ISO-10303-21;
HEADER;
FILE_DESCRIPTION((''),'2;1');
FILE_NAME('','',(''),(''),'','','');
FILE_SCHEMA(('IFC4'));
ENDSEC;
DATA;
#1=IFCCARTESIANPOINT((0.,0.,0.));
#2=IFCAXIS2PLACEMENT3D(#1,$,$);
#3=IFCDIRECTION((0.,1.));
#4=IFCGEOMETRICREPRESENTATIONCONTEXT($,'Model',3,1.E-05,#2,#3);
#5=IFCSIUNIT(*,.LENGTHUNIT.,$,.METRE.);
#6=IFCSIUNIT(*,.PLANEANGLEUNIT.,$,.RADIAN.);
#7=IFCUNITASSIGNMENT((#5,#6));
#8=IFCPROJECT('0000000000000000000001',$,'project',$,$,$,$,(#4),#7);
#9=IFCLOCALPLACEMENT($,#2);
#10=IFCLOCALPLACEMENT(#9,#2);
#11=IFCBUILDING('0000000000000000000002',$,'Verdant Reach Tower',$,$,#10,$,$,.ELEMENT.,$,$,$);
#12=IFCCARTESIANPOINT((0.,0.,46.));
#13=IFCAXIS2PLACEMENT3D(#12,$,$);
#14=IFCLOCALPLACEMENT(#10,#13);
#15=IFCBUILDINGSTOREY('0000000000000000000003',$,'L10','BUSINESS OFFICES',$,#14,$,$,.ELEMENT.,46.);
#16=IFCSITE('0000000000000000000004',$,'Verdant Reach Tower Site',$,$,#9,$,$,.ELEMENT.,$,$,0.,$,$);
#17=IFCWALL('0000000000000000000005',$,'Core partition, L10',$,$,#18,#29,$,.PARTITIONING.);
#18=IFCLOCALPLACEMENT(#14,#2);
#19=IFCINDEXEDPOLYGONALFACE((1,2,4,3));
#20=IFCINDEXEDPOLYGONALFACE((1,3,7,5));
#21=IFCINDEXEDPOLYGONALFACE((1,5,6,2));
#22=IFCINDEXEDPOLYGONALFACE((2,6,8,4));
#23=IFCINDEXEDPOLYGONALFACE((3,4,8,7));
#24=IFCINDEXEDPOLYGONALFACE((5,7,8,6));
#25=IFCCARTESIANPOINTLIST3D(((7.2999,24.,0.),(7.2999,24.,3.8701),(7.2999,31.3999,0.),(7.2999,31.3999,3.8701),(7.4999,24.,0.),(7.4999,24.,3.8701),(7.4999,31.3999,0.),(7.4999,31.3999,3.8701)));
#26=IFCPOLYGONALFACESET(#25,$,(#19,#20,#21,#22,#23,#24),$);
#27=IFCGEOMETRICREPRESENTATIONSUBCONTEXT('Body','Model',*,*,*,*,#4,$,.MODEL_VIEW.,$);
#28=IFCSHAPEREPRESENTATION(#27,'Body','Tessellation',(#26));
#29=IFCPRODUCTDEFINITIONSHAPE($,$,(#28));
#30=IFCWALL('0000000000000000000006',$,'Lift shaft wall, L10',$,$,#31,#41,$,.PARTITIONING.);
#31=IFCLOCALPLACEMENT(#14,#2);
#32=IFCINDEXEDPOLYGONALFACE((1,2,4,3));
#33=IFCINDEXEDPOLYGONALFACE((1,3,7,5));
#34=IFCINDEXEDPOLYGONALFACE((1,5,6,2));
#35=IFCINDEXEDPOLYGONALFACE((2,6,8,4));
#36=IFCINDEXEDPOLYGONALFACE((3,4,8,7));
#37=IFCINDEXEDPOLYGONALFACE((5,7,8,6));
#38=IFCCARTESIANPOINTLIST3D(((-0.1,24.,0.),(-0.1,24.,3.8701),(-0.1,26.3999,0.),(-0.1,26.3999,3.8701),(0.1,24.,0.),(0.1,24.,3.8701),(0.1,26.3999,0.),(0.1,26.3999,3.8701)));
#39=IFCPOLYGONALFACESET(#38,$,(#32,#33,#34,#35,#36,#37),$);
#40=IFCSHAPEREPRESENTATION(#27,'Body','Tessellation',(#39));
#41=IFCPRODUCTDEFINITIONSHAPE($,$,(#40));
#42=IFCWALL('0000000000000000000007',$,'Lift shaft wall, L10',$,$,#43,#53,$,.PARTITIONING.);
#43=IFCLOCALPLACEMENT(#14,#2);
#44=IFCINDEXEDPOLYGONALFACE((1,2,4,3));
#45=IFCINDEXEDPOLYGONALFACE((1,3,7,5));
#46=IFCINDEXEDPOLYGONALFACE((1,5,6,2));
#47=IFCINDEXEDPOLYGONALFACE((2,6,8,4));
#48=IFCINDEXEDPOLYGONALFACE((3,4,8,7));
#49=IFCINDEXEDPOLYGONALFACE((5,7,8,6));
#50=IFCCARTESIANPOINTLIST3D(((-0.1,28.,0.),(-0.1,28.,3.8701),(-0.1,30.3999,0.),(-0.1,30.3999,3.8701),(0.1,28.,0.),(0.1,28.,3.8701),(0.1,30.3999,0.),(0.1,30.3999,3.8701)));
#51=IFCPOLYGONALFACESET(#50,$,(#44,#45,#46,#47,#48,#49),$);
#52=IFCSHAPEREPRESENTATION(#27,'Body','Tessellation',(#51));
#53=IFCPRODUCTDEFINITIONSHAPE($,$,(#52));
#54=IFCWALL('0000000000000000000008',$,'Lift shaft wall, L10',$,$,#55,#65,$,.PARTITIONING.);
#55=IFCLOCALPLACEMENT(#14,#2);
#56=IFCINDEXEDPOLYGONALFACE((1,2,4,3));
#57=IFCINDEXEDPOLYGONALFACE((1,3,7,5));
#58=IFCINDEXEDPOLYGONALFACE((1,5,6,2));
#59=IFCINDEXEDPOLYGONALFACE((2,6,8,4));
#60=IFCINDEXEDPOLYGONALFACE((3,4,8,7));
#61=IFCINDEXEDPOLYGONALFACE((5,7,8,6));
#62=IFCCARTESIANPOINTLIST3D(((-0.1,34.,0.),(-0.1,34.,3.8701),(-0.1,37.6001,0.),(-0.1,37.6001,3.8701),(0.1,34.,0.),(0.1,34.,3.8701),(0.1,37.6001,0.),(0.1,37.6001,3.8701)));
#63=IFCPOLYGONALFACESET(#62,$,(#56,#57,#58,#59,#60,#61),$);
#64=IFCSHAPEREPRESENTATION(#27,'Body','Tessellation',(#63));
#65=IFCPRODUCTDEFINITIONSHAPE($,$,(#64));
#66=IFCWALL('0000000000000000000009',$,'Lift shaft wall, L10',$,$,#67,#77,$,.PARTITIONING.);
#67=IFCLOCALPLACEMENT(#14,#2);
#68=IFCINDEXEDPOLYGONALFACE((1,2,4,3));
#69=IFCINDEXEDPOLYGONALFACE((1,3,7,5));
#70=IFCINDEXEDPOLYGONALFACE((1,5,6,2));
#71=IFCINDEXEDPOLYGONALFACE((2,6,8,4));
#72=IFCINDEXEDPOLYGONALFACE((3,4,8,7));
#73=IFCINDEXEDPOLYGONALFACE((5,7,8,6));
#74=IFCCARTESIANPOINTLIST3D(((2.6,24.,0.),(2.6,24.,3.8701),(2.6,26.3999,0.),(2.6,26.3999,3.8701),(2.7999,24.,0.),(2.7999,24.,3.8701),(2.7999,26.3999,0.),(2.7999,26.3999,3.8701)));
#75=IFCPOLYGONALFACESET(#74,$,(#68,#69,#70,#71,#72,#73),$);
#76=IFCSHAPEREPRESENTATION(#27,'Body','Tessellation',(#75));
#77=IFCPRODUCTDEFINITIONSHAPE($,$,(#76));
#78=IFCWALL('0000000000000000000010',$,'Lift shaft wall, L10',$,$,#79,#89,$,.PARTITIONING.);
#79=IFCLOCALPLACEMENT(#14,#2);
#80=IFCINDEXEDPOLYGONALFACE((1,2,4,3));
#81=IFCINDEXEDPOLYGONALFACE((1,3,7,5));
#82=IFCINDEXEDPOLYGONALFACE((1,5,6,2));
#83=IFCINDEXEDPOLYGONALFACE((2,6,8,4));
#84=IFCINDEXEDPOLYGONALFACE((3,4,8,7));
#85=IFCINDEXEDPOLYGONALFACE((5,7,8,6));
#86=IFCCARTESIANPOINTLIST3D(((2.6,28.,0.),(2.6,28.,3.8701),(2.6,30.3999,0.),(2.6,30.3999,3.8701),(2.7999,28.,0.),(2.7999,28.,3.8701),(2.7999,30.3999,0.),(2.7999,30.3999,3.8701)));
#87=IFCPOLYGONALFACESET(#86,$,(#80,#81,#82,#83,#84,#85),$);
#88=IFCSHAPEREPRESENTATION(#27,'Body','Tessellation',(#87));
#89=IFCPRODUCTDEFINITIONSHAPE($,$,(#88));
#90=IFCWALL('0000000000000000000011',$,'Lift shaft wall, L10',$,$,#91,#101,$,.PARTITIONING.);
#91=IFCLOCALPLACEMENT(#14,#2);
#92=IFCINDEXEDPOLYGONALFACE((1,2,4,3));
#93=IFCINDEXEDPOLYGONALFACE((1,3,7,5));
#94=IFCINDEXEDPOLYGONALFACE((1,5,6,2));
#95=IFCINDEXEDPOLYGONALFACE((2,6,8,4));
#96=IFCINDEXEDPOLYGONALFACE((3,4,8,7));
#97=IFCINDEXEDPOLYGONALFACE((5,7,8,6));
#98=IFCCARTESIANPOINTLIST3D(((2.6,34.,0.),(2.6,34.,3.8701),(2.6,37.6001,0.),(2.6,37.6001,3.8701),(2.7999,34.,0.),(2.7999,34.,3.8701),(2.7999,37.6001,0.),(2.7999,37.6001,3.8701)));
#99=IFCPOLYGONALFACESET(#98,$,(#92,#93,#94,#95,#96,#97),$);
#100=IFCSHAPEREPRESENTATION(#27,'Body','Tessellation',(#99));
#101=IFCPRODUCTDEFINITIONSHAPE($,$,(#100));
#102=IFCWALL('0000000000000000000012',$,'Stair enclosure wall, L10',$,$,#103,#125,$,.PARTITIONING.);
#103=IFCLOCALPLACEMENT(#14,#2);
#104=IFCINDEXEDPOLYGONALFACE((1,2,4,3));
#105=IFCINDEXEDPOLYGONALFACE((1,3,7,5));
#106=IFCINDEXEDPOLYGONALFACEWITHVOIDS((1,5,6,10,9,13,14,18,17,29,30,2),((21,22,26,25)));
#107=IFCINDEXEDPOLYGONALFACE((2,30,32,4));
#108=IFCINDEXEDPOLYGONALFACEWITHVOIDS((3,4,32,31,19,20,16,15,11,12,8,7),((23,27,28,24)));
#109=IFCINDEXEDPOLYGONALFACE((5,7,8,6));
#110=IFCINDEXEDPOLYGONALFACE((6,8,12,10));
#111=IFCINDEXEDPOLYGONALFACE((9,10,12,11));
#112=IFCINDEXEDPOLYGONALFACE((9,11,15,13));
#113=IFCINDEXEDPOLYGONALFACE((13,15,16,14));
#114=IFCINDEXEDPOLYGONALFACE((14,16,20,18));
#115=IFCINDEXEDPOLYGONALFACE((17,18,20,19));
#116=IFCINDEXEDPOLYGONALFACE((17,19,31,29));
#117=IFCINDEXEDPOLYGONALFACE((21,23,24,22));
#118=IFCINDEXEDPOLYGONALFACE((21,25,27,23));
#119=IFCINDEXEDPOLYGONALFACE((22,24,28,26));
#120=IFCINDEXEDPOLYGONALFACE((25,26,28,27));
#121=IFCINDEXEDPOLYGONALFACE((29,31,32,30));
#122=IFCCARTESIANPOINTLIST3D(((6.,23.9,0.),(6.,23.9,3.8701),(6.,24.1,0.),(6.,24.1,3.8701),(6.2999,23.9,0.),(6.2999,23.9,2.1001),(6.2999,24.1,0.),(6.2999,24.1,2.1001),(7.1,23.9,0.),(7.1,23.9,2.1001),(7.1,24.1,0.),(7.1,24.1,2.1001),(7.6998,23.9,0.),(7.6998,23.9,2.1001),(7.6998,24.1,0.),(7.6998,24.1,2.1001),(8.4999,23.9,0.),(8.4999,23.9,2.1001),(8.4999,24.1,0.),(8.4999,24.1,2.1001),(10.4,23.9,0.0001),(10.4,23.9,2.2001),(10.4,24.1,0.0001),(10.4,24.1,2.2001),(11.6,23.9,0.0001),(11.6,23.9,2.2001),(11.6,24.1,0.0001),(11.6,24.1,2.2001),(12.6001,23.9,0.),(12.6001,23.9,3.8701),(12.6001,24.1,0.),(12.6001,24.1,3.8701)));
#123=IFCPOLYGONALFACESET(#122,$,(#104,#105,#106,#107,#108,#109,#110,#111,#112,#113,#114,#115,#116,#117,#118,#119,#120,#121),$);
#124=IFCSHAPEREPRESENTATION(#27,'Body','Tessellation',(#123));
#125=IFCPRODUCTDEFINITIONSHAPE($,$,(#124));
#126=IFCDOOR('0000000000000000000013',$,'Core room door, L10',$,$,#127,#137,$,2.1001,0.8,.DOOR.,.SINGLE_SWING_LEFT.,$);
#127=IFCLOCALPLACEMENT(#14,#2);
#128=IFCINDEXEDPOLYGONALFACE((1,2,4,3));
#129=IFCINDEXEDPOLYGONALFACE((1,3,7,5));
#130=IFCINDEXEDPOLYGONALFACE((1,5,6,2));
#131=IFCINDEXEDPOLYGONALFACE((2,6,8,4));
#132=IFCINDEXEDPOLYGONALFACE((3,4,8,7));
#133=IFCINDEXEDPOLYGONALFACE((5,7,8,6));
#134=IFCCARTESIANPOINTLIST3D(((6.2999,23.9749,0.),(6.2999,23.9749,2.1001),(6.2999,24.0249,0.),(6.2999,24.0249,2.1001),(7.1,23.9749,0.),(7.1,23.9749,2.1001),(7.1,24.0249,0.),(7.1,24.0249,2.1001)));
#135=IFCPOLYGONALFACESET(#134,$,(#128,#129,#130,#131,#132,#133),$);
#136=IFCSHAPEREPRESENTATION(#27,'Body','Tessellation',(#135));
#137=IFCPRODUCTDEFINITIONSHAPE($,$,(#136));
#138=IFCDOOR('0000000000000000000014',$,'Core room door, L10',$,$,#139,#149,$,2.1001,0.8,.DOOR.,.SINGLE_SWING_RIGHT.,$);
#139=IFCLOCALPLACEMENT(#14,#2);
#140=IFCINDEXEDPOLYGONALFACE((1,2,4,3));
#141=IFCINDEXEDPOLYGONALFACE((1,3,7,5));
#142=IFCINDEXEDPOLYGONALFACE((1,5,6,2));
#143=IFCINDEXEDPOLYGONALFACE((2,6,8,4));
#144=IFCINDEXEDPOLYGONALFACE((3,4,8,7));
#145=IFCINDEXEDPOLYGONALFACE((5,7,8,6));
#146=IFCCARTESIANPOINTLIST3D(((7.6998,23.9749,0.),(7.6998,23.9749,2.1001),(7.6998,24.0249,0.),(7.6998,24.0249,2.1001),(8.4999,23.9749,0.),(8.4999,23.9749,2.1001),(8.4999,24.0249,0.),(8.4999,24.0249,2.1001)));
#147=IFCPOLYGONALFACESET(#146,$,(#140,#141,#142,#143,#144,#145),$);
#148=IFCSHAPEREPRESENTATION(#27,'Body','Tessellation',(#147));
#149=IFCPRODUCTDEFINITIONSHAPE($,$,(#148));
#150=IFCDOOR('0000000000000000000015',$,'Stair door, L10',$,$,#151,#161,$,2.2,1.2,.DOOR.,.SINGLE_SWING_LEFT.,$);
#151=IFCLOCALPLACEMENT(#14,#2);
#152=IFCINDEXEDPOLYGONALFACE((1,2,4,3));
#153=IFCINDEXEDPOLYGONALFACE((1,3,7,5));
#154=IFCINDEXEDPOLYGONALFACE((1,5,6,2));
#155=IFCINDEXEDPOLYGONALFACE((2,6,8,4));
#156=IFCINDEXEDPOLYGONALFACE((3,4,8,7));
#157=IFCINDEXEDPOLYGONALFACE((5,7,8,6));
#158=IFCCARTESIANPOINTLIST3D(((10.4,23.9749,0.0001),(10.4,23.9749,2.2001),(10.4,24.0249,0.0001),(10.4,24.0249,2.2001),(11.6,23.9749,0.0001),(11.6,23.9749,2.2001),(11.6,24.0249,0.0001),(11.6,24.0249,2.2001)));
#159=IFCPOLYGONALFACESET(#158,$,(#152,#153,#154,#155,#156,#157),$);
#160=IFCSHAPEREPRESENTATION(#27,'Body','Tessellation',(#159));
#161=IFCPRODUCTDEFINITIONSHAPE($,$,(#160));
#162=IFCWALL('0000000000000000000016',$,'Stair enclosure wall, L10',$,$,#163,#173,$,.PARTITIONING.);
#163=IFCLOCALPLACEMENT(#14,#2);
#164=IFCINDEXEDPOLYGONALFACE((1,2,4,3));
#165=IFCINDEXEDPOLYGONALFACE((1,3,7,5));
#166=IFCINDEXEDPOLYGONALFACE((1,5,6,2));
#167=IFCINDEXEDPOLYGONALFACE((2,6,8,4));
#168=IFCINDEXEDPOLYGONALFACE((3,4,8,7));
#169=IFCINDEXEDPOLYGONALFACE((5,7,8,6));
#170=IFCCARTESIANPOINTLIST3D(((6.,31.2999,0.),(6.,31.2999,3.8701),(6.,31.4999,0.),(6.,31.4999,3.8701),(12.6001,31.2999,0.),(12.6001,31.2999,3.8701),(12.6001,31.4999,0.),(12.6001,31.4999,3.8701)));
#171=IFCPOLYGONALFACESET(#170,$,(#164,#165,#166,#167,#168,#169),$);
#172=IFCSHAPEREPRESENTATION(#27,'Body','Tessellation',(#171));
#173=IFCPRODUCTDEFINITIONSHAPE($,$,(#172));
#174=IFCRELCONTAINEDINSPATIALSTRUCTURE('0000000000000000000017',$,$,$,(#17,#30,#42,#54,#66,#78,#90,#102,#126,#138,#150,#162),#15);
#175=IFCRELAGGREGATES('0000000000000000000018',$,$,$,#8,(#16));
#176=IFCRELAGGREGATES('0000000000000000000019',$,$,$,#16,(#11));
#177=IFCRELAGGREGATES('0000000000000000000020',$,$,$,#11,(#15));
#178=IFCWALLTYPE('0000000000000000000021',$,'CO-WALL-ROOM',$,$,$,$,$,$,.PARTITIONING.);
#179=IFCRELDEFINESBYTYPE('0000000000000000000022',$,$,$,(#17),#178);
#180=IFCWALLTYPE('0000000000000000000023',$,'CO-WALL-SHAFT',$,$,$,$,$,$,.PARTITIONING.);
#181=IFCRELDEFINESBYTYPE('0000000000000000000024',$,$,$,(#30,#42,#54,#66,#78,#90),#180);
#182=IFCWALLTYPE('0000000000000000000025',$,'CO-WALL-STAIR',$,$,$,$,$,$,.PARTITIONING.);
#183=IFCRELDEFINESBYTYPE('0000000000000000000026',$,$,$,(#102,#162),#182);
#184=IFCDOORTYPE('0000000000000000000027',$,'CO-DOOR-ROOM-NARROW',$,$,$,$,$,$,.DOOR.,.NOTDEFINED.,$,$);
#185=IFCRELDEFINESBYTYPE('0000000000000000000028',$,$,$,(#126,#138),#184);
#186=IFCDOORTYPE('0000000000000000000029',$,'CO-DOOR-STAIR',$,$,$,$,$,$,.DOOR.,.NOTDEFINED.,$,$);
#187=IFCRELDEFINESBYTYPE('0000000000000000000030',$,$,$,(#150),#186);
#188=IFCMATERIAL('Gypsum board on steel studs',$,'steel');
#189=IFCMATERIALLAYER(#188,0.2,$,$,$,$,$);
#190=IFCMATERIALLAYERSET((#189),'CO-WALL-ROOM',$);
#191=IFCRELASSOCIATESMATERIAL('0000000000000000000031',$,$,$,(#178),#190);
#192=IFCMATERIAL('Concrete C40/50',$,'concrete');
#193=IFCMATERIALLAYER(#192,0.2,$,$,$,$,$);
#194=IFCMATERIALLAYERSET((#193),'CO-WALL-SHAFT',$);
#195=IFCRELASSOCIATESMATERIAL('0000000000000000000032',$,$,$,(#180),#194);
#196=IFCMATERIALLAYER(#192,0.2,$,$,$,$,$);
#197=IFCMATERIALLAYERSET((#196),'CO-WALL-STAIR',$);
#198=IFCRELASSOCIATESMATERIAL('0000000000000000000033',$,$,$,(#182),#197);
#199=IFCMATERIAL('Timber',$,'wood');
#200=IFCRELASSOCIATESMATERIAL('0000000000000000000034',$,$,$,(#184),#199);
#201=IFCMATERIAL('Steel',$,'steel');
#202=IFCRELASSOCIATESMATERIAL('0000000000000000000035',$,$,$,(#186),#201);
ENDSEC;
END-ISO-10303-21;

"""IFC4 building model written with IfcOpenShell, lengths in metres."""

from ifc_helpers import new_model, si_unit, direction, frame, frame_2d, origin, place, context, subcontext, project, spatial, rectangle, extrude, material, layer, layer_set, type_object, element, fill, save


model = new_model("IFC4")

# Units and contexts
model_context = context("Model", 3, precision=1e-05, world=origin(), true_north=direction((0.0, 1.0)))
body_context = subcontext(model_context, "Body", "Model", "MODEL_VIEW")
ifc_project = project(units=[si_unit("LENGTHUNIT", "METRE"), si_unit("PLANEANGLEUNIT", "RADIAN")], contexts=[model_context])

# Site, building, storey
site_placement = place(None, origin())
site = spatial("IfcSite", under=ifc_project, at=site_placement, Name="Verdant Reach Tower Site", CompositionType="ELEMENT", RefElevation=0.0)
building_placement = place(site_placement, origin())
building = spatial("IfcBuilding", under=site, at=building_placement, Name="Verdant Reach Tower", CompositionType="ELEMENT")
storey_placement = place(building_placement, frame((0.0, 0.0, 46.0)))
storey = spatial("IfcBuildingStorey", under=building, at=storey_placement, Name="L10", Description="BUSINESS OFFICES", CompositionType="ELEMENT", Elevation=46.0)

# Walls
ifc_material_1 = material(Name="Gypsum board on steel studs", Category="steel")
ifc_layer_1 = layer(ifc_material_1, 0.2)
ifc_layer_set_1 = layer_set([ifc_layer_1], Name="CO-WALL-ROOM")
wall_type_1 = type_object("IfcWallType", Name="CO-WALL-ROOM", PredefinedType="PARTITIONING", material=ifc_layer_set_1)
wall_1_placement = place(storey_placement, frame((7.3999, 24.0, 0.0), z_axis=(0.0, 0.0, 1.0), x_axis=(0.0, 1.0, 0.0)))
element("IfcWall", 1, at=wall_1_placement, inside=storey, type_object=wall_type_1, Name="Core partition, L10", PredefinedType="PARTITIONING", context=body_context, shape_type="SweptSolid", body=[
    extrude(rectangle(XDim=7.3999, YDim=0.2, at=frame_2d((3.7, 0.0))), origin(), (0.0, 0.0, 1.0), 3.8701),
])
ifc_material_2 = material(Name="Concrete C40/50", Category="concrete")
ifc_layer_2 = layer(ifc_material_2, 0.2)
ifc_layer_set_2 = layer_set([ifc_layer_2], Name="CO-WALL-SHAFT")
wall_type_2 = type_object("IfcWallType", Name="CO-WALL-SHAFT", PredefinedType="PARTITIONING", material=ifc_layer_set_2)
for number, where, z_axis, x_axis, name in (
    (2, (0.0, 24.0, 0.0), (0.0, 0.0, 1.0), (0.0, 1.0, 0.0), "Lift shaft wall, L10"),
    (3, (0.0, 28.0, 0.0), (0.0, 0.0, 1.0), (0.0, 1.0, 0.0), "Lift shaft wall, L10"),
):
    element("IfcWall", number, at=place(storey_placement, frame(where, z_axis=z_axis, x_axis=x_axis)), inside=storey, type_object=wall_type_2, Name=name, PredefinedType="PARTITIONING", context=body_context, shape_type="SweptSolid", body=[
        extrude(rectangle(XDim=2.3999, YDim=0.2, at=frame_2d((1.2, 0.0))), origin(), (0.0, 0.0, 1.0), 3.8701),
    ])
wall_2_placement = place(storey_placement, frame((0.0, 34.0, 0.0), z_axis=(0.0, 0.0, 1.0), x_axis=(0.0, 1.0, 0.0)))
element("IfcWall", 4, at=wall_2_placement, inside=storey, type_object=wall_type_2, Name="Lift shaft wall, L10", PredefinedType="PARTITIONING", context=body_context, shape_type="SweptSolid", body=[
    extrude(rectangle(XDim=3.6001, YDim=0.2, at=frame_2d((1.8, 0.0))), origin(), (0.0, 0.0, 1.0), 3.8701),
])
for number, where, z_axis, x_axis, name in (
    (5, (2.7, 24.0, 0.0), (0.0, 0.0, 1.0), (0.0, 1.0, 0.0), "Lift shaft wall, L10"),
    (6, (2.7, 28.0, 0.0), (0.0, 0.0, 1.0), (0.0, 1.0, 0.0), "Lift shaft wall, L10"),
):
    element("IfcWall", number, at=place(storey_placement, frame(where, z_axis=z_axis, x_axis=x_axis)), inside=storey, type_object=wall_type_2, Name=name, PredefinedType="PARTITIONING", context=body_context, shape_type="SweptSolid", body=[
        extrude(rectangle(XDim=2.3999, YDim=0.2, at=frame_2d((1.2, 0.0))), origin(), (0.0, 0.0, 1.0), 3.8701),
    ])
wall_3_placement = place(storey_placement, frame((2.7, 34.0, 0.0), z_axis=(0.0, 0.0, 1.0), x_axis=(0.0, 1.0, 0.0)))
element("IfcWall", 7, at=wall_3_placement, inside=storey, type_object=wall_type_2, Name="Lift shaft wall, L10", PredefinedType="PARTITIONING", context=body_context, shape_type="SweptSolid", body=[
    extrude(rectangle(XDim=3.6001, YDim=0.2, at=frame_2d((1.8, 0.0))), origin(), (0.0, 0.0, 1.0), 3.8701),
])

# Wall, openings, doors
ifc_layer_3 = layer(ifc_material_2, 0.2)
ifc_layer_set_3 = layer_set([ifc_layer_3], Name="CO-WALL-STAIR")
wall_type_3 = type_object("IfcWallType", Name="CO-WALL-STAIR", PredefinedType="PARTITIONING", material=ifc_layer_set_3)
wall_4_placement = place(storey_placement, frame((6.0, 24.0, 0.0), z_axis=(0.0, 0.0, 1.0), x_axis=(1.0, 0.0, 0.0)))
wall_4 = element("IfcWall", 8, at=wall_4_placement, inside=storey, type_object=wall_type_3, Name="Stair enclosure wall, L10", PredefinedType="PARTITIONING", context=body_context, shape_type="SweptSolid", body=[
    extrude(rectangle(XDim=6.6001, YDim=0.2, at=frame_2d((3.3, 0.0))), origin(), (0.0, 0.0, 1.0), 3.8701),
])
opening_1_placement = place(wall_4_placement, frame((0.3, 0.0, 0.0)))
opening_1 = element("IfcOpeningElement", 9, at=opening_1_placement, cuts=wall_4, PredefinedType="OPENING", context=body_context, shape_type="SweptSolid", body=[
    extrude(rectangle(XDim=0.8, YDim=2.1001, at=frame_2d((0.3999, 1.05))), frame((0.0, 0.1099, 0.0), z_axis=(0.0, -1.0, 0.0), x_axis=(1.0, 0.0, 0.0)), (0.0, 0.0, 1.0), 0.22),
])
opening_2_placement = place(wall_4_placement, frame((1.7, 0.0, 0.0)))
opening_2 = element("IfcOpeningElement", 10, at=opening_2_placement, cuts=wall_4, PredefinedType="OPENING", context=body_context, shape_type="SweptSolid", body=[
    extrude(rectangle(XDim=0.8, YDim=2.1001, at=frame_2d((0.3999, 1.05))), frame((0.0, 0.1099, 0.0), z_axis=(0.0, -1.0, 0.0), x_axis=(1.0, 0.0, 0.0)), (0.0, 0.0, 1.0), 0.22),
])
opening_3_placement = place(wall_4_placement, frame((4.3999, 0.0, 0.0)))
opening_3 = element("IfcOpeningElement", 11, at=opening_3_placement, cuts=wall_4, PredefinedType="OPENING", context=body_context, shape_type="SweptSolid", body=[
    extrude(rectangle(XDim=1.2, YDim=2.2, at=frame_2d((0.6001, 1.1001))), frame((0.0, 0.1099, 0.0), z_axis=(0.0, -1.0, 0.0), x_axis=(1.0, 0.0, 0.0)), (0.0, 0.0, 1.0), 0.22),
])
ifc_material_3 = material(Name="Timber", Category="wood")
door_type_1 = type_object("IfcDoorType", Name="CO-DOOR-ROOM-NARROW", OperationType="NOTDEFINED", PredefinedType="DOOR", material=ifc_material_3)
door_1_placement = place(opening_1_placement, origin())
door_1 = element("IfcDoor", 12, at=door_1_placement, inside=storey, type_object=door_type_1, Name="Core room door, L10", OperationType="SINGLE_SWING_LEFT", OverallHeight=2.1001, OverallWidth=0.8, PredefinedType="DOOR", context=body_context, shape_type="SweptSolid", body=[
    extrude(rectangle(XDim=0.8, YDim=2.1001, at=frame_2d((0.3999, 1.05))), frame((0.0, 0.0249, 0.0), z_axis=(0.0, -1.0, 0.0), x_axis=(1.0, 0.0, 0.0)), (0.0, 0.0, 1.0), 0.05),
])
fill(opening_1, door_1)
door_2_placement = place(opening_2_placement, origin())
door_2 = element("IfcDoor", 13, at=door_2_placement, inside=storey, type_object=door_type_1, Name="Core room door, L10", OperationType="SINGLE_SWING_RIGHT", OverallHeight=2.1001, OverallWidth=0.8, PredefinedType="DOOR", context=body_context, shape_type="SweptSolid", body=[
    extrude(rectangle(XDim=0.8, YDim=2.1001, at=frame_2d((0.3999, 1.05))), frame((0.0, 0.0249, 0.0), z_axis=(0.0, -1.0, 0.0), x_axis=(1.0, 0.0, 0.0)), (0.0, 0.0, 1.0), 0.05),
])
fill(opening_2, door_2)
ifc_material_4 = material(Name="Steel", Category="steel")
door_type_2 = type_object("IfcDoorType", Name="CO-DOOR-STAIR", OperationType="NOTDEFINED", PredefinedType="DOOR", material=ifc_material_4)
door_3_placement = place(opening_3_placement, origin())
door_3 = element("IfcDoor", 14, at=door_3_placement, inside=storey, type_object=door_type_2, Name="Stair door, L10", OperationType="SINGLE_SWING_LEFT", OverallHeight=2.2, OverallWidth=1.2, PredefinedType="DOOR", context=body_context, shape_type="SweptSolid", body=[
    extrude(rectangle(XDim=1.2, YDim=2.2, at=frame_2d((0.6001, 1.1001))), frame((0.0, 0.0249, 0.0), z_axis=(0.0, -1.0, 0.0), x_axis=(1.0, 0.0, 0.0)), (0.0, 0.0, 1.0), 0.05),
])
fill(opening_3, door_3)

# Wall
wall_5_placement = place(storey_placement, frame((6.0, 31.3999, 0.0), z_axis=(0.0, 0.0, 1.0), x_axis=(1.0, 0.0, 0.0)))
element("IfcWall", 15, at=wall_5_placement, inside=storey, type_object=wall_type_3, Name="Stair enclosure wall, L10", PredefinedType="PARTITIONING", context=body_context, shape_type="SweptSolid", body=[
    extrude(rectangle(XDim=6.6001, YDim=0.2, at=frame_2d((3.3, 0.0))), origin(), (0.0, 0.0, 1.0), 3.8701),
])

save(model, "model.ifc")
